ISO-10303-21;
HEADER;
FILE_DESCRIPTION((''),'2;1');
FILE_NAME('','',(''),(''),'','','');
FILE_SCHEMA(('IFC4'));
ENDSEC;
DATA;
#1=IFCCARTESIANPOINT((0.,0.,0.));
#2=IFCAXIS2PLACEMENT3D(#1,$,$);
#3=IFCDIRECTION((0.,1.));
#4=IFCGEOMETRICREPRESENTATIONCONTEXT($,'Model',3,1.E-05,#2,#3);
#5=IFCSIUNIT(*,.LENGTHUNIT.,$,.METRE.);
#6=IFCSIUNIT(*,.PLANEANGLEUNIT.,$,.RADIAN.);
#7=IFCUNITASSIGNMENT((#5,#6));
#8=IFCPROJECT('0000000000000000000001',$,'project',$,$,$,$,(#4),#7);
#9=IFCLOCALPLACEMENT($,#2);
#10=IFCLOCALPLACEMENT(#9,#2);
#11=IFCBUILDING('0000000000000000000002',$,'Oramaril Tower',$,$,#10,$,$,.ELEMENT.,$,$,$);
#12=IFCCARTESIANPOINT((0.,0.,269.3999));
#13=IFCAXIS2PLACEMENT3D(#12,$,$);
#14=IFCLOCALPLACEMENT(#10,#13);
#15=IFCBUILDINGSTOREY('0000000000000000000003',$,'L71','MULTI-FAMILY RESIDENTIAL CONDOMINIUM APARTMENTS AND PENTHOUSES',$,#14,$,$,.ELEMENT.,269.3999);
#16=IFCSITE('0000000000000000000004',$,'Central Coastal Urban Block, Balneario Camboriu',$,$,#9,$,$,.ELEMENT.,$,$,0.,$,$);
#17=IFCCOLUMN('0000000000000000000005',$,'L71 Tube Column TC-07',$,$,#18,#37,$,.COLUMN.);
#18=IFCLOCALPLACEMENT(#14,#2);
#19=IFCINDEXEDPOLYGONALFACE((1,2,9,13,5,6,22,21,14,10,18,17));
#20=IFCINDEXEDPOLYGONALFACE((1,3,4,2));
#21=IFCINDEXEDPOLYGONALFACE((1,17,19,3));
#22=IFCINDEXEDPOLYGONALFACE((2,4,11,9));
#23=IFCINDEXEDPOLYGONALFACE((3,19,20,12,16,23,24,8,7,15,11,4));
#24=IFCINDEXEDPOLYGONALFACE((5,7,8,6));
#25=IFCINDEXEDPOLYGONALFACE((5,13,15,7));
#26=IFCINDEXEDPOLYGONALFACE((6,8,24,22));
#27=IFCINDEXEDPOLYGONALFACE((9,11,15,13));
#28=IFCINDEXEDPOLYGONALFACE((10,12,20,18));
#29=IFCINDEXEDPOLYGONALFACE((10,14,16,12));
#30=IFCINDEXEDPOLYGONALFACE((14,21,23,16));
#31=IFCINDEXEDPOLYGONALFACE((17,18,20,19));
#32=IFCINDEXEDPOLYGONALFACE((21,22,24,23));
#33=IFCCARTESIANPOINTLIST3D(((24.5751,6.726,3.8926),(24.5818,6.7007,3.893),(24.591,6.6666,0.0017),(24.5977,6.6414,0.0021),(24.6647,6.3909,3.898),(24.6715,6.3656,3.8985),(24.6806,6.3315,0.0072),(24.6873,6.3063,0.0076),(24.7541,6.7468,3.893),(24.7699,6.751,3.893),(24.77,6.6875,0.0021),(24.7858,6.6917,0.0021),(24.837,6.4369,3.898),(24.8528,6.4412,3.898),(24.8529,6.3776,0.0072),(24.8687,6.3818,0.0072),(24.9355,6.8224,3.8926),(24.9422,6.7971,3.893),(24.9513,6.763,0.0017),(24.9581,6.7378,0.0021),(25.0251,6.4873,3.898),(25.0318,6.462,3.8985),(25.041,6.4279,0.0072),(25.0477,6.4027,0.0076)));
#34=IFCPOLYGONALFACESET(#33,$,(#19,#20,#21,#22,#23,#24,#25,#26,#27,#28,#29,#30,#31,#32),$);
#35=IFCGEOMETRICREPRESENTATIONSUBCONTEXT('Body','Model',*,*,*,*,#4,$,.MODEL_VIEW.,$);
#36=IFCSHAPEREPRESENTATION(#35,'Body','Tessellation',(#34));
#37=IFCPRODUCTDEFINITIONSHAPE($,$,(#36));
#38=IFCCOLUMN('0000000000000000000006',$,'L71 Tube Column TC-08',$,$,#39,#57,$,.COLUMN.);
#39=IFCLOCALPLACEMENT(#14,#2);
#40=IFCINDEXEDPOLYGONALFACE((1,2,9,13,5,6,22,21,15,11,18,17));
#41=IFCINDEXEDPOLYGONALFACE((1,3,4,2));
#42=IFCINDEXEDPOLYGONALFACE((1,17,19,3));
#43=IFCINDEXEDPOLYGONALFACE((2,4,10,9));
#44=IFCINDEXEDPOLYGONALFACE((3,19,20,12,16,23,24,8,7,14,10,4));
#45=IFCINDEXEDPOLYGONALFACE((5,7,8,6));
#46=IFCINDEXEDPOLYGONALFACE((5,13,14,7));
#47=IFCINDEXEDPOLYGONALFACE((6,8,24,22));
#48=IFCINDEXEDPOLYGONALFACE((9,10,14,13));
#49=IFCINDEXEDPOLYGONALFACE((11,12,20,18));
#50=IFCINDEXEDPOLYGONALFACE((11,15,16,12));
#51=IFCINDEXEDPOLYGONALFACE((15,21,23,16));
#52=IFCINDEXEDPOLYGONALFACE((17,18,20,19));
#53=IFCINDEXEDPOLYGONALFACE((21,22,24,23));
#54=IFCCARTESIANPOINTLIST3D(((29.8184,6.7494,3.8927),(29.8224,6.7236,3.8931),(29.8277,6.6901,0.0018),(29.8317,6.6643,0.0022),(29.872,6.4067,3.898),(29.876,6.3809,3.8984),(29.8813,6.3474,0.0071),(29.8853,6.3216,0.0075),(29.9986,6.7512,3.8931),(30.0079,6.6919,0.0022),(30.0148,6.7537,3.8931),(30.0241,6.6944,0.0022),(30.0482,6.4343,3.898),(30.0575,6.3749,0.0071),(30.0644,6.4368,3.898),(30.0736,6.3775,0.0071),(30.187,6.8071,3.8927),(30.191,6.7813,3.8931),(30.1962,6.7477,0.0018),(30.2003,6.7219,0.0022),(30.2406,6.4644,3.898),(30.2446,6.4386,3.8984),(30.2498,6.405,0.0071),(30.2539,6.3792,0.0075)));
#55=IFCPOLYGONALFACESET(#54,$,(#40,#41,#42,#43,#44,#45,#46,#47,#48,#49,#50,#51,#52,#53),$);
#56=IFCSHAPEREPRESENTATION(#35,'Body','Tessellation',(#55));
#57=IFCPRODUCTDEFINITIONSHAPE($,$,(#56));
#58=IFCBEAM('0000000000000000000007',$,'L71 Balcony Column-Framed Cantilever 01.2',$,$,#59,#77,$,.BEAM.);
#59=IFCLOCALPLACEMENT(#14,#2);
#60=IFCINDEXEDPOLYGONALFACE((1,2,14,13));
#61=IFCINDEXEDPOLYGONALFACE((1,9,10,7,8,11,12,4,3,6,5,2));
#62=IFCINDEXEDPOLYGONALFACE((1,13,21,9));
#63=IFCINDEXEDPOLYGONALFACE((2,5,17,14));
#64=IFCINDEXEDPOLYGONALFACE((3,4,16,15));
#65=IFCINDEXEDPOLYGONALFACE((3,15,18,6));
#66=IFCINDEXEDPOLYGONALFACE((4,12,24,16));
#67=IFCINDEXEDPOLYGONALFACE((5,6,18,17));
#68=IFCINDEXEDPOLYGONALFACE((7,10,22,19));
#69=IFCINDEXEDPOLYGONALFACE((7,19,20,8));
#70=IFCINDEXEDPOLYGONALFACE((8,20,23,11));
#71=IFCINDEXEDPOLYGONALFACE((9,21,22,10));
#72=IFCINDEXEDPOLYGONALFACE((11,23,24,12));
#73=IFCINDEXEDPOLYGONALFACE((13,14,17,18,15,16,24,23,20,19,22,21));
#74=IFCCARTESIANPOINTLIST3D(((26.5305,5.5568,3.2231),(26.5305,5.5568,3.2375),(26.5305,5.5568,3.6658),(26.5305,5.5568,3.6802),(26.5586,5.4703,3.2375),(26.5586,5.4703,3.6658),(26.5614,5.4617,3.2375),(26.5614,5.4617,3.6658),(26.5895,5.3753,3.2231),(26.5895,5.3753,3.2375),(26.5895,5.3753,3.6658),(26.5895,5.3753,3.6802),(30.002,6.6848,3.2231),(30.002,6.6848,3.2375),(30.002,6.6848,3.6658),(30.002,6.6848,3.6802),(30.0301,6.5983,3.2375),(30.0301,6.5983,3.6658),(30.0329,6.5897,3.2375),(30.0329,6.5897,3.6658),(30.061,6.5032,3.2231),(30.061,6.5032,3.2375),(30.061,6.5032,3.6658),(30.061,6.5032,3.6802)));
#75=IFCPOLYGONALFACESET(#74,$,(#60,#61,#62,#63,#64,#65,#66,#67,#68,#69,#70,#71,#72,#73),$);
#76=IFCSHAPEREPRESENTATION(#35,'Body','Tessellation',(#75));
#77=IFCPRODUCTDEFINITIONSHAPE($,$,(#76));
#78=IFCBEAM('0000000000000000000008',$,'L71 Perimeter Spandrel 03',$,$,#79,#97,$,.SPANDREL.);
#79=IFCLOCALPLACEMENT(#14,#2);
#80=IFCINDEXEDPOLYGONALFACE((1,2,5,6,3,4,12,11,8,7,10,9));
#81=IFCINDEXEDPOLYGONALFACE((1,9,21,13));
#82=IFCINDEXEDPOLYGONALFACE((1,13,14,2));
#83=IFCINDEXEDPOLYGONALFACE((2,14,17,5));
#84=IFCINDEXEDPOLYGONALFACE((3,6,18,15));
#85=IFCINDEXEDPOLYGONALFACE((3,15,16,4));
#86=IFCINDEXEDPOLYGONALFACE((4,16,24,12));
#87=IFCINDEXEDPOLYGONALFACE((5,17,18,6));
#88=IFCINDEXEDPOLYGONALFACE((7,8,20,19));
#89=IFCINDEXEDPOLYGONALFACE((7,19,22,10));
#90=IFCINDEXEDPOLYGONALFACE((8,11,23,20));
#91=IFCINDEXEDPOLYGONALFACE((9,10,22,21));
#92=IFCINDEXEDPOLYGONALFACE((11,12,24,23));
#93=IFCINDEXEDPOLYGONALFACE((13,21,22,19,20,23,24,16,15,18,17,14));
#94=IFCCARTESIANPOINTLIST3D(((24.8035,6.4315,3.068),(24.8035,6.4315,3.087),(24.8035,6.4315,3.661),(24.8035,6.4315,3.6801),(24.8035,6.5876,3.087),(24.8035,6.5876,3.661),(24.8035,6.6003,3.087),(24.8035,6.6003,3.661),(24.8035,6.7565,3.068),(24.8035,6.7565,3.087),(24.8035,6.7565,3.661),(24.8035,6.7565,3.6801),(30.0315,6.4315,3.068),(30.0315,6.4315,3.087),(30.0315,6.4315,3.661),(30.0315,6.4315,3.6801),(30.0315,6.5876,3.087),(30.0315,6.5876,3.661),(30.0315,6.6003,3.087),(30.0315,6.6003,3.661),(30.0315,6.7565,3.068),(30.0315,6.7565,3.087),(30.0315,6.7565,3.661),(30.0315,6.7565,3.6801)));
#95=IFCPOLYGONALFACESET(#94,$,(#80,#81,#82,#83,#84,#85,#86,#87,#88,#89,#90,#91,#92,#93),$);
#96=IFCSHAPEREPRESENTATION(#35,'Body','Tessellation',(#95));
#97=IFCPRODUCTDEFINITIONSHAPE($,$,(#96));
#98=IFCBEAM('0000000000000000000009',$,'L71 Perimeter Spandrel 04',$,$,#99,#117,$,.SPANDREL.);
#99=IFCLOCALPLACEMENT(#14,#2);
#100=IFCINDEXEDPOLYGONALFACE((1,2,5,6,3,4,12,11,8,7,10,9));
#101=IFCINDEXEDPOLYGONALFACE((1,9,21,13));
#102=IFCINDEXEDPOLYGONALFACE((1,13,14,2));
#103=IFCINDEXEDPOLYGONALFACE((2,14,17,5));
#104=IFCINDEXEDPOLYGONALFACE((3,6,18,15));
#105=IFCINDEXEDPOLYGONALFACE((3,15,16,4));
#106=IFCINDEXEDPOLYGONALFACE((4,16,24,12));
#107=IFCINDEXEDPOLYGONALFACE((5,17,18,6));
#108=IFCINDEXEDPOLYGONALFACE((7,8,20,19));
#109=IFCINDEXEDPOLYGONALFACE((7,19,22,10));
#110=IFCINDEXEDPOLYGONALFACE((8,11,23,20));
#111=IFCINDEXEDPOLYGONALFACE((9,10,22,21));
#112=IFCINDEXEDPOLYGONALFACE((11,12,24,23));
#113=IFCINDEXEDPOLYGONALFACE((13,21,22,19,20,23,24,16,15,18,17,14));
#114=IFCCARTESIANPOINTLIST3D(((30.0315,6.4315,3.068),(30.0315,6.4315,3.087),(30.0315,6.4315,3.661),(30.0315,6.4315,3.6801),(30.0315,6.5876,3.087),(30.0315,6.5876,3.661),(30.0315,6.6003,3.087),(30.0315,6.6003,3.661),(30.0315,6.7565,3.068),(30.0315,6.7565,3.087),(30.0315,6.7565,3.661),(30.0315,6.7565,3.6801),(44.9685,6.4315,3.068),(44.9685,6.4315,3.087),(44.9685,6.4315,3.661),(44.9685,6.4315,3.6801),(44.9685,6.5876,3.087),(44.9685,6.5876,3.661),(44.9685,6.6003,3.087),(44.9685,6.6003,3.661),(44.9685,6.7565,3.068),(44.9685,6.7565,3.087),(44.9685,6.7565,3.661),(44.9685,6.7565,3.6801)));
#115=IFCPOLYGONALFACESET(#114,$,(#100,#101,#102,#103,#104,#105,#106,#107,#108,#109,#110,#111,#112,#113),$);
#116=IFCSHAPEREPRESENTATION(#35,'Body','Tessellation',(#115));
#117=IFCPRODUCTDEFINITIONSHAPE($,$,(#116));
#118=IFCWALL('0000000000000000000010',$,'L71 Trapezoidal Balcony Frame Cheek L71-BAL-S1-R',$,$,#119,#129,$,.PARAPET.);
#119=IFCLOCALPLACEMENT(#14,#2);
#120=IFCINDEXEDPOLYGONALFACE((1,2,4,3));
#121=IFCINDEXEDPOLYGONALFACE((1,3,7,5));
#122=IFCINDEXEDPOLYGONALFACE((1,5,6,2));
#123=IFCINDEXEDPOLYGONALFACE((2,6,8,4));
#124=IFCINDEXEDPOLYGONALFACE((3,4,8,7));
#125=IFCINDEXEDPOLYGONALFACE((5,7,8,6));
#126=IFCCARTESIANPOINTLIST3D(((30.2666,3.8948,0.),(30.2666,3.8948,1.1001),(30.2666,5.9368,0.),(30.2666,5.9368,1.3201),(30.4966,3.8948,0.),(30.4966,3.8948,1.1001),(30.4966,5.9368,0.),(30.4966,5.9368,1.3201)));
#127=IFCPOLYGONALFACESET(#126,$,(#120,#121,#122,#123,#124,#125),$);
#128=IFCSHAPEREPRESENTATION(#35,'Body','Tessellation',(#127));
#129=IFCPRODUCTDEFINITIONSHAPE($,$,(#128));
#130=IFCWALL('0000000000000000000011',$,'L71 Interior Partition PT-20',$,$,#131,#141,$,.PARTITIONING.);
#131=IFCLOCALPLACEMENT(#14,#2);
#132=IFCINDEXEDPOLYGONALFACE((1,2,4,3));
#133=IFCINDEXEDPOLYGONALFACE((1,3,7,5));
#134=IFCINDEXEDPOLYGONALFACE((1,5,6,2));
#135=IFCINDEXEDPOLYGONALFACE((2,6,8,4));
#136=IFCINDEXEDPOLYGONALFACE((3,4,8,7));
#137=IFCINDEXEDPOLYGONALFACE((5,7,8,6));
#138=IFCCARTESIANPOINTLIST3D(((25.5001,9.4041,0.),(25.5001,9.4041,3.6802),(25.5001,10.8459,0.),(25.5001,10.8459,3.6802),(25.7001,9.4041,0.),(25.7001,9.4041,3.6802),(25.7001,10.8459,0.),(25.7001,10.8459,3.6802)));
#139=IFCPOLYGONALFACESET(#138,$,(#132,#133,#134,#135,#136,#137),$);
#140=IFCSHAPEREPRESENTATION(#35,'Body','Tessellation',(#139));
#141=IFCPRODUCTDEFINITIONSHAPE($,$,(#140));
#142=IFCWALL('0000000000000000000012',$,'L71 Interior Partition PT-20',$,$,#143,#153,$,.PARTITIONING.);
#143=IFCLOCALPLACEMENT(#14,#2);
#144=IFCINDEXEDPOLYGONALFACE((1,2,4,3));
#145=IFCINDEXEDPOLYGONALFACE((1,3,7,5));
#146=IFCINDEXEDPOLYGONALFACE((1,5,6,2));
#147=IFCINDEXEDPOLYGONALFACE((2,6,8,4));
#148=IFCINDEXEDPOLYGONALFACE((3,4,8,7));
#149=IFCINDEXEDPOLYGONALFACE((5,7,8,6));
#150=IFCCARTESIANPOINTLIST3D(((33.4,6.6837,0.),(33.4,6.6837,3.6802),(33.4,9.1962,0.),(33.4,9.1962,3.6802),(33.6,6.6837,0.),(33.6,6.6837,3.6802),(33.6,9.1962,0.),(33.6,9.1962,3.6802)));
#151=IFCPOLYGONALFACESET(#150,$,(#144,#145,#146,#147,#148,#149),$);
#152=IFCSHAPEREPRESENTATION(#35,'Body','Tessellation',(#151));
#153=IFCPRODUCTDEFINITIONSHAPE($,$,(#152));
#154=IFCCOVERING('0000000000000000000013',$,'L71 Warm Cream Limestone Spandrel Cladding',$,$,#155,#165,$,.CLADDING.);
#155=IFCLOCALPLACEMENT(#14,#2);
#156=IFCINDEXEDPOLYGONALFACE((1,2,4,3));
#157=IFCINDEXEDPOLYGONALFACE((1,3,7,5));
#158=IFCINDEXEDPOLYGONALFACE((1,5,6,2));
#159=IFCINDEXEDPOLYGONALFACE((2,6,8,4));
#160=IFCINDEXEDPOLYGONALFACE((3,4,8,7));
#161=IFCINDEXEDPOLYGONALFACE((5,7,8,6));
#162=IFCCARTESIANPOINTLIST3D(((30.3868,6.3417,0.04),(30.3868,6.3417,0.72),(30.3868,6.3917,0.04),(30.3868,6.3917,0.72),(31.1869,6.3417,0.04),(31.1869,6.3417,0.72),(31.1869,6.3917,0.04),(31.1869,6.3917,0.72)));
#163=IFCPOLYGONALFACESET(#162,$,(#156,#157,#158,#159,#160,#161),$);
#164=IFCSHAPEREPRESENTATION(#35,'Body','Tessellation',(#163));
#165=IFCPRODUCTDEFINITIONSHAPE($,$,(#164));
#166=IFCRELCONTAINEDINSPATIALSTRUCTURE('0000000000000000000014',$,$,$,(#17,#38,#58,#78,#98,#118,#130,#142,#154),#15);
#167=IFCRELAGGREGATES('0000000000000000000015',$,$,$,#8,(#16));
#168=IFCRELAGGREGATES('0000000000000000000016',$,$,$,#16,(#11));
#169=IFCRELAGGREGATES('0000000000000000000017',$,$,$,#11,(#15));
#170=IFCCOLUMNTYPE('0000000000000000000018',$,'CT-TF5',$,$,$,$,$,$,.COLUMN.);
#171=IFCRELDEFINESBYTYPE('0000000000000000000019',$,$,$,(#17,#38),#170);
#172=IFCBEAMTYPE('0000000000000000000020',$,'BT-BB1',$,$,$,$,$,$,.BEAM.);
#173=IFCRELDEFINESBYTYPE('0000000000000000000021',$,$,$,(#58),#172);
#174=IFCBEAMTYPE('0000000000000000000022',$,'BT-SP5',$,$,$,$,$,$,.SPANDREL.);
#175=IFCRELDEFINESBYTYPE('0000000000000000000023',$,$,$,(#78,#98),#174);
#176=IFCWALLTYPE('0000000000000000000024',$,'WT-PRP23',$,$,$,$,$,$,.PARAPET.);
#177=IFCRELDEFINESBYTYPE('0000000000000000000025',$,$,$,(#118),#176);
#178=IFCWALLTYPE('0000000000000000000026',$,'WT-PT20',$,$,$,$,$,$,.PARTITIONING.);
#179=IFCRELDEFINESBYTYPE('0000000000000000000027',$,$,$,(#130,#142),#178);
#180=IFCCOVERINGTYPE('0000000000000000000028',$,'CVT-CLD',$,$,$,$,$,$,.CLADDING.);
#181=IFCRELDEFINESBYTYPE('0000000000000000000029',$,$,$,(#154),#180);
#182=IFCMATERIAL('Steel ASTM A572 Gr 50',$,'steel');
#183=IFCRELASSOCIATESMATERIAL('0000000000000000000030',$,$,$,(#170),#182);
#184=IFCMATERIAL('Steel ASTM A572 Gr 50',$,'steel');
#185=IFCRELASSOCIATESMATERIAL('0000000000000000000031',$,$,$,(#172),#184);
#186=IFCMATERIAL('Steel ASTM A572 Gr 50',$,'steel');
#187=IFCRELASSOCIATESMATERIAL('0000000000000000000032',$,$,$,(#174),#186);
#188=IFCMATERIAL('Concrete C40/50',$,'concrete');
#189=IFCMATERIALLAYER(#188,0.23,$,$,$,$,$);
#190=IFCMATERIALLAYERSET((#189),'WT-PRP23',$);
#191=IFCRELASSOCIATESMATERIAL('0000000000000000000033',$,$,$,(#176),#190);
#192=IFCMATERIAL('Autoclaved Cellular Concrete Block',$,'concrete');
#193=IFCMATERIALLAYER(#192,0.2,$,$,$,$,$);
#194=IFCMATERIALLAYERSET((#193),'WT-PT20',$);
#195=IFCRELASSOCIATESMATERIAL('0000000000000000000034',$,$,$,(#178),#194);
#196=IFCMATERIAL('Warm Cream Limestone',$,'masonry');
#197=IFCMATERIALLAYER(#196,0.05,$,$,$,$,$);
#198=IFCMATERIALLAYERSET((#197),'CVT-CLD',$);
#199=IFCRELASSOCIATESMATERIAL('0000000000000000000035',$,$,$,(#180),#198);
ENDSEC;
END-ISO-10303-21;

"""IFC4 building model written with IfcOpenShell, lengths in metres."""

from ifc_helpers import new_model, si_unit, direction, frame, frame_2d, origin, origin_2d, place, context, subcontext, project, spatial, polyline, rectangle, i_section, outline, extrude, material, layer, layer_set, material_profile, profile_set, type_object, element, save


model = new_model("IFC4")

# Units and contexts
model_context = context("Model", 3, precision=1e-05, world=origin(), true_north=direction((0.0, 1.0)))
body_context = subcontext(model_context, "Body", "Model", "MODEL_VIEW")
ifc_project = project(units=[si_unit("LENGTHUNIT", "METRE"), si_unit("PLANEANGLEUNIT", "RADIAN")], contexts=[model_context])

# Site, building, storey
site_placement = place(None, origin())
site = spatial("IfcSite", under=ifc_project, at=site_placement, Name="Central Coastal Urban Block, Balneario Camboriu", CompositionType="ELEMENT", RefElevation=0.0)
building_placement = place(site_placement, origin())
building = spatial("IfcBuilding", under=site, at=building_placement, Name="Oramaril Tower", CompositionType="ELEMENT")
storey_placement = place(building_placement, frame((0.0, 0.0, 269.3999)))
storey = spatial("IfcBuildingStorey", under=building, at=storey_placement, Name="L71", Description="MULTI-FAMILY RESIDENTIAL CONDOMINIUM APARTMENTS AND PENTHOUSES", CompositionType="ELEMENT", Elevation=269.3999)

# Columns
ifc_material_1 = material(Name="Steel ASTM A572 Gr 50", Category="steel")
ifc_material_profile_1 = material_profile(ifc_material_1, i_section(OverallWidth=0.373, OverallDepth=0.373, WebThickness=0.0164, FlangeThickness=0.0261, at=origin_2d()), Name="W14X132")
ifc_profile_set_1 = profile_set([ifc_material_profile_1], Name="Steel ASTM A572 Gr 50")
column_type = type_object("IfcColumnType", Name="CT-TF5", PredefinedType="COLUMN", material=ifc_profile_set_1)
for number, where, z_axis, x_axis, name in (
    (1, (24.8193, 6.5347, 0.0046), (-0.004078, 0.015246, 0.999875), (-0.966037, -0.258405, 0.0), "L71 Tube Column TC-07"),
    (2, (30.0408, 6.5347, 0.0046), (-0.002384, 0.015246, 0.999881), (-0.987993, -0.154501, 0.0), "L71 Tube Column TC-08"),
):
    element("IfcColumn", number, at=place(storey_placement, frame(where, z_axis=z_axis, x_axis=x_axis)), inside=storey, type_object=column_type, Name=name, PredefinedType="COLUMN", context=body_context, shape_type="SweptSolid", body=[
        extrude(i_section(OverallWidth=0.373, OverallDepth=0.373, WebThickness=0.0164, FlangeThickness=0.0261, at=origin_2d()), origin(), (0.0, 0.0, 1.0), 3.8914),
    ])

# Beams
ifc_material_2 = material(Name="Steel ASTM A572 Gr 50", Category="steel")
ifc_material_profile_2 = material_profile(ifc_material_2, i_section(OverallWidth=0.1909, OverallDepth=0.457, WebThickness=0.009, FlangeThickness=0.0144, at=origin_2d()), Name="W18X50")
ifc_profile_set_2 = profile_set([ifc_material_profile_2], Name="Steel ASTM A572 Gr 50")
beam_type_1 = type_object("IfcBeamType", Name="BT-BB1", PredefinedType="BEAM", material=ifc_profile_set_2)
beam_1_placement = place(storey_placement, frame((30.0315, 6.594, 3.4517), z_axis=(-0.951057, -0.309015, 0.0), x_axis=(0.309015, -0.951057, 0.0)))
element("IfcBeam", 3, at=beam_1_placement, inside=storey, type_object=beam_type_1, Name="L71 Balcony Column-Framed Cantilever 01.2", PredefinedType="BEAM", context=body_context, shape_type="SweptSolid", body=[
    extrude(i_section(OverallWidth=0.1909, OverallDepth=0.457, WebThickness=0.009, FlangeThickness=0.0144, at=origin_2d()), origin(), (0.0, 0.0, 1.0), 3.6501),
])
ifc_material_3 = material(Name="Steel ASTM A572 Gr 50", Category="steel")
ifc_material_profile_3 = material_profile(ifc_material_3, i_section(OverallWidth=0.325, OverallDepth=0.6121, WebThickness=0.0127, FlangeThickness=0.019, at=origin_2d()), Name="W24X104")
ifc_profile_set_3 = profile_set([ifc_material_profile_3], Name="Steel ASTM A572 Gr 50")
beam_type_2 = type_object("IfcBeamType", Name="BT-SP5", PredefinedType="SPANDREL", material=ifc_profile_set_3)
beam_2_placement = place(storey_placement, frame((24.8035, 6.594, 3.374), z_axis=(1.0, 0.0, 0.0), x_axis=(0.0, 1.0, 0.0)))
element("IfcBeam", 4, at=beam_2_placement, inside=storey, type_object=beam_type_2, Name="L71 Perimeter Spandrel 03", PredefinedType="SPANDREL", context=body_context, shape_type="SweptSolid", body=[
    extrude(i_section(OverallWidth=0.325, OverallDepth=0.6121, WebThickness=0.0127, FlangeThickness=0.019, at=origin_2d()), origin(), (0.0, 0.0, 1.0), 5.228),
])
beam_3_placement = place(storey_placement, frame((30.0315, 6.594, 3.374), z_axis=(1.0, 0.0, 0.0), x_axis=(0.0, 1.0, 0.0)))
element("IfcBeam", 5, at=beam_3_placement, inside=storey, type_object=beam_type_2, Name="L71 Perimeter Spandrel 04", PredefinedType="SPANDREL", context=body_context, shape_type="SweptSolid", body=[
    extrude(i_section(OverallWidth=0.325, OverallDepth=0.6121, WebThickness=0.0127, FlangeThickness=0.019, at=origin_2d()), origin(), (0.0, 0.0, 1.0), 14.937),
])

# Wall
ifc_material_4 = material(Name="Concrete C40/50", Category="concrete")
ifc_layer_1 = layer(ifc_material_4, 0.23)
ifc_layer_set_1 = layer_set([ifc_layer_1], Name="WT-PRP23")
wall_type_1 = type_object("IfcWallType", Name="WT-PRP23", PredefinedType="PARAPET", material=ifc_layer_set_1)
wall_1_placement = place(storey_placement, frame((30.3816, 5.9368, 0.0), z_axis=(0.0, 0.0, 1.0), x_axis=(0.0, -1.0, 0.0)))
element("IfcWall", 6, at=wall_1_placement, inside=storey, type_object=wall_type_1, Name="L71 Trapezoidal Balcony Frame Cheek L71-BAL-S1-R", PredefinedType="PARAPET", context=body_context, shape_type="SweptSolid", body=[
    extrude(outline(polyline([(0.0, 0.0), (2.042, 0.0), (2.042, 1.1001), (0.0, 1.3201), (0.0, 0.0)])), frame((0.0, 0.115, 0.0), z_axis=(0.0, -1.0, 0.0), x_axis=(1.0, 0.0, 0.0)), (0.0, 0.0, 1.0), 0.23),
])

# Shared definitions
ifc_material_5 = material(Name="Autoclaved Cellular Concrete Block", Category="concrete")
ifc_layer_2 = layer(ifc_material_5, 0.2)
ifc_layer_set_2 = layer_set([ifc_layer_2], Name="WT-PT20")
wall_type_2 = type_object("IfcWallType", Name="WT-PT20", PredefinedType="PARTITIONING", material=ifc_layer_set_2)

# Walls
wall_2_placement = place(storey_placement, frame((25.6001, 9.4041, 0.0), z_axis=(0.0, 0.0, 1.0), x_axis=(0.0, 1.0, 0.0)))
element("IfcWall", 7, at=wall_2_placement, inside=storey, type_object=wall_type_2, Name="L71 Interior Partition PT-20", PredefinedType="PARTITIONING", context=body_context, shape_type="SweptSolid", body=[
    extrude(rectangle(XDim=1.4419, YDim=0.2, at=frame_2d((0.7209, 0.0))), origin(), (0.0, 0.0, 1.0), 3.6802),
])
wall_3_placement = place(storey_placement, frame((33.5, 6.6836, 0.0), z_axis=(0.0, 0.0, 1.0), x_axis=(0.0, 1.0, 0.0)))
element("IfcWall", 8, at=wall_3_placement, inside=storey, type_object=wall_type_2, Name="L71 Interior Partition PT-20", PredefinedType="PARTITIONING", context=body_context, shape_type="SweptSolid", body=[
    extrude(rectangle(XDim=2.5125, YDim=0.2, at=frame_2d((1.2563, 0.0))), origin(), (0.0, 0.0, 1.0), 3.6802),
])

# Covering
ifc_material_6 = material(Name="Warm Cream Limestone", Category="masonry")
ifc_layer_3 = layer(ifc_material_6, 0.05)
ifc_layer_set_3 = layer_set([ifc_layer_3], Name="CVT-CLD")
covering_type = type_object("IfcCoveringType", Name="CVT-CLD", PredefinedType="CLADDING", material=ifc_layer_set_3)
covering_placement = place(storey_placement, frame((30.7869, 6.3667, 0.04), z_axis=(0.0, 0.0, 1.0), x_axis=(1.0, 0.0, 0.0)))
element("IfcCovering", 9, at=covering_placement, inside=storey, type_object=covering_type, Name="L71 Warm Cream Limestone Spandrel Cladding", PredefinedType="CLADDING", context=body_context, shape_type="SweptSolid", body=[
    extrude(rectangle(XDim=0.8, YDim=0.05, at=origin_2d()), origin(), (0.0, 0.0, 1.0), 0.6799),
])

save(model, "model.ifc")
